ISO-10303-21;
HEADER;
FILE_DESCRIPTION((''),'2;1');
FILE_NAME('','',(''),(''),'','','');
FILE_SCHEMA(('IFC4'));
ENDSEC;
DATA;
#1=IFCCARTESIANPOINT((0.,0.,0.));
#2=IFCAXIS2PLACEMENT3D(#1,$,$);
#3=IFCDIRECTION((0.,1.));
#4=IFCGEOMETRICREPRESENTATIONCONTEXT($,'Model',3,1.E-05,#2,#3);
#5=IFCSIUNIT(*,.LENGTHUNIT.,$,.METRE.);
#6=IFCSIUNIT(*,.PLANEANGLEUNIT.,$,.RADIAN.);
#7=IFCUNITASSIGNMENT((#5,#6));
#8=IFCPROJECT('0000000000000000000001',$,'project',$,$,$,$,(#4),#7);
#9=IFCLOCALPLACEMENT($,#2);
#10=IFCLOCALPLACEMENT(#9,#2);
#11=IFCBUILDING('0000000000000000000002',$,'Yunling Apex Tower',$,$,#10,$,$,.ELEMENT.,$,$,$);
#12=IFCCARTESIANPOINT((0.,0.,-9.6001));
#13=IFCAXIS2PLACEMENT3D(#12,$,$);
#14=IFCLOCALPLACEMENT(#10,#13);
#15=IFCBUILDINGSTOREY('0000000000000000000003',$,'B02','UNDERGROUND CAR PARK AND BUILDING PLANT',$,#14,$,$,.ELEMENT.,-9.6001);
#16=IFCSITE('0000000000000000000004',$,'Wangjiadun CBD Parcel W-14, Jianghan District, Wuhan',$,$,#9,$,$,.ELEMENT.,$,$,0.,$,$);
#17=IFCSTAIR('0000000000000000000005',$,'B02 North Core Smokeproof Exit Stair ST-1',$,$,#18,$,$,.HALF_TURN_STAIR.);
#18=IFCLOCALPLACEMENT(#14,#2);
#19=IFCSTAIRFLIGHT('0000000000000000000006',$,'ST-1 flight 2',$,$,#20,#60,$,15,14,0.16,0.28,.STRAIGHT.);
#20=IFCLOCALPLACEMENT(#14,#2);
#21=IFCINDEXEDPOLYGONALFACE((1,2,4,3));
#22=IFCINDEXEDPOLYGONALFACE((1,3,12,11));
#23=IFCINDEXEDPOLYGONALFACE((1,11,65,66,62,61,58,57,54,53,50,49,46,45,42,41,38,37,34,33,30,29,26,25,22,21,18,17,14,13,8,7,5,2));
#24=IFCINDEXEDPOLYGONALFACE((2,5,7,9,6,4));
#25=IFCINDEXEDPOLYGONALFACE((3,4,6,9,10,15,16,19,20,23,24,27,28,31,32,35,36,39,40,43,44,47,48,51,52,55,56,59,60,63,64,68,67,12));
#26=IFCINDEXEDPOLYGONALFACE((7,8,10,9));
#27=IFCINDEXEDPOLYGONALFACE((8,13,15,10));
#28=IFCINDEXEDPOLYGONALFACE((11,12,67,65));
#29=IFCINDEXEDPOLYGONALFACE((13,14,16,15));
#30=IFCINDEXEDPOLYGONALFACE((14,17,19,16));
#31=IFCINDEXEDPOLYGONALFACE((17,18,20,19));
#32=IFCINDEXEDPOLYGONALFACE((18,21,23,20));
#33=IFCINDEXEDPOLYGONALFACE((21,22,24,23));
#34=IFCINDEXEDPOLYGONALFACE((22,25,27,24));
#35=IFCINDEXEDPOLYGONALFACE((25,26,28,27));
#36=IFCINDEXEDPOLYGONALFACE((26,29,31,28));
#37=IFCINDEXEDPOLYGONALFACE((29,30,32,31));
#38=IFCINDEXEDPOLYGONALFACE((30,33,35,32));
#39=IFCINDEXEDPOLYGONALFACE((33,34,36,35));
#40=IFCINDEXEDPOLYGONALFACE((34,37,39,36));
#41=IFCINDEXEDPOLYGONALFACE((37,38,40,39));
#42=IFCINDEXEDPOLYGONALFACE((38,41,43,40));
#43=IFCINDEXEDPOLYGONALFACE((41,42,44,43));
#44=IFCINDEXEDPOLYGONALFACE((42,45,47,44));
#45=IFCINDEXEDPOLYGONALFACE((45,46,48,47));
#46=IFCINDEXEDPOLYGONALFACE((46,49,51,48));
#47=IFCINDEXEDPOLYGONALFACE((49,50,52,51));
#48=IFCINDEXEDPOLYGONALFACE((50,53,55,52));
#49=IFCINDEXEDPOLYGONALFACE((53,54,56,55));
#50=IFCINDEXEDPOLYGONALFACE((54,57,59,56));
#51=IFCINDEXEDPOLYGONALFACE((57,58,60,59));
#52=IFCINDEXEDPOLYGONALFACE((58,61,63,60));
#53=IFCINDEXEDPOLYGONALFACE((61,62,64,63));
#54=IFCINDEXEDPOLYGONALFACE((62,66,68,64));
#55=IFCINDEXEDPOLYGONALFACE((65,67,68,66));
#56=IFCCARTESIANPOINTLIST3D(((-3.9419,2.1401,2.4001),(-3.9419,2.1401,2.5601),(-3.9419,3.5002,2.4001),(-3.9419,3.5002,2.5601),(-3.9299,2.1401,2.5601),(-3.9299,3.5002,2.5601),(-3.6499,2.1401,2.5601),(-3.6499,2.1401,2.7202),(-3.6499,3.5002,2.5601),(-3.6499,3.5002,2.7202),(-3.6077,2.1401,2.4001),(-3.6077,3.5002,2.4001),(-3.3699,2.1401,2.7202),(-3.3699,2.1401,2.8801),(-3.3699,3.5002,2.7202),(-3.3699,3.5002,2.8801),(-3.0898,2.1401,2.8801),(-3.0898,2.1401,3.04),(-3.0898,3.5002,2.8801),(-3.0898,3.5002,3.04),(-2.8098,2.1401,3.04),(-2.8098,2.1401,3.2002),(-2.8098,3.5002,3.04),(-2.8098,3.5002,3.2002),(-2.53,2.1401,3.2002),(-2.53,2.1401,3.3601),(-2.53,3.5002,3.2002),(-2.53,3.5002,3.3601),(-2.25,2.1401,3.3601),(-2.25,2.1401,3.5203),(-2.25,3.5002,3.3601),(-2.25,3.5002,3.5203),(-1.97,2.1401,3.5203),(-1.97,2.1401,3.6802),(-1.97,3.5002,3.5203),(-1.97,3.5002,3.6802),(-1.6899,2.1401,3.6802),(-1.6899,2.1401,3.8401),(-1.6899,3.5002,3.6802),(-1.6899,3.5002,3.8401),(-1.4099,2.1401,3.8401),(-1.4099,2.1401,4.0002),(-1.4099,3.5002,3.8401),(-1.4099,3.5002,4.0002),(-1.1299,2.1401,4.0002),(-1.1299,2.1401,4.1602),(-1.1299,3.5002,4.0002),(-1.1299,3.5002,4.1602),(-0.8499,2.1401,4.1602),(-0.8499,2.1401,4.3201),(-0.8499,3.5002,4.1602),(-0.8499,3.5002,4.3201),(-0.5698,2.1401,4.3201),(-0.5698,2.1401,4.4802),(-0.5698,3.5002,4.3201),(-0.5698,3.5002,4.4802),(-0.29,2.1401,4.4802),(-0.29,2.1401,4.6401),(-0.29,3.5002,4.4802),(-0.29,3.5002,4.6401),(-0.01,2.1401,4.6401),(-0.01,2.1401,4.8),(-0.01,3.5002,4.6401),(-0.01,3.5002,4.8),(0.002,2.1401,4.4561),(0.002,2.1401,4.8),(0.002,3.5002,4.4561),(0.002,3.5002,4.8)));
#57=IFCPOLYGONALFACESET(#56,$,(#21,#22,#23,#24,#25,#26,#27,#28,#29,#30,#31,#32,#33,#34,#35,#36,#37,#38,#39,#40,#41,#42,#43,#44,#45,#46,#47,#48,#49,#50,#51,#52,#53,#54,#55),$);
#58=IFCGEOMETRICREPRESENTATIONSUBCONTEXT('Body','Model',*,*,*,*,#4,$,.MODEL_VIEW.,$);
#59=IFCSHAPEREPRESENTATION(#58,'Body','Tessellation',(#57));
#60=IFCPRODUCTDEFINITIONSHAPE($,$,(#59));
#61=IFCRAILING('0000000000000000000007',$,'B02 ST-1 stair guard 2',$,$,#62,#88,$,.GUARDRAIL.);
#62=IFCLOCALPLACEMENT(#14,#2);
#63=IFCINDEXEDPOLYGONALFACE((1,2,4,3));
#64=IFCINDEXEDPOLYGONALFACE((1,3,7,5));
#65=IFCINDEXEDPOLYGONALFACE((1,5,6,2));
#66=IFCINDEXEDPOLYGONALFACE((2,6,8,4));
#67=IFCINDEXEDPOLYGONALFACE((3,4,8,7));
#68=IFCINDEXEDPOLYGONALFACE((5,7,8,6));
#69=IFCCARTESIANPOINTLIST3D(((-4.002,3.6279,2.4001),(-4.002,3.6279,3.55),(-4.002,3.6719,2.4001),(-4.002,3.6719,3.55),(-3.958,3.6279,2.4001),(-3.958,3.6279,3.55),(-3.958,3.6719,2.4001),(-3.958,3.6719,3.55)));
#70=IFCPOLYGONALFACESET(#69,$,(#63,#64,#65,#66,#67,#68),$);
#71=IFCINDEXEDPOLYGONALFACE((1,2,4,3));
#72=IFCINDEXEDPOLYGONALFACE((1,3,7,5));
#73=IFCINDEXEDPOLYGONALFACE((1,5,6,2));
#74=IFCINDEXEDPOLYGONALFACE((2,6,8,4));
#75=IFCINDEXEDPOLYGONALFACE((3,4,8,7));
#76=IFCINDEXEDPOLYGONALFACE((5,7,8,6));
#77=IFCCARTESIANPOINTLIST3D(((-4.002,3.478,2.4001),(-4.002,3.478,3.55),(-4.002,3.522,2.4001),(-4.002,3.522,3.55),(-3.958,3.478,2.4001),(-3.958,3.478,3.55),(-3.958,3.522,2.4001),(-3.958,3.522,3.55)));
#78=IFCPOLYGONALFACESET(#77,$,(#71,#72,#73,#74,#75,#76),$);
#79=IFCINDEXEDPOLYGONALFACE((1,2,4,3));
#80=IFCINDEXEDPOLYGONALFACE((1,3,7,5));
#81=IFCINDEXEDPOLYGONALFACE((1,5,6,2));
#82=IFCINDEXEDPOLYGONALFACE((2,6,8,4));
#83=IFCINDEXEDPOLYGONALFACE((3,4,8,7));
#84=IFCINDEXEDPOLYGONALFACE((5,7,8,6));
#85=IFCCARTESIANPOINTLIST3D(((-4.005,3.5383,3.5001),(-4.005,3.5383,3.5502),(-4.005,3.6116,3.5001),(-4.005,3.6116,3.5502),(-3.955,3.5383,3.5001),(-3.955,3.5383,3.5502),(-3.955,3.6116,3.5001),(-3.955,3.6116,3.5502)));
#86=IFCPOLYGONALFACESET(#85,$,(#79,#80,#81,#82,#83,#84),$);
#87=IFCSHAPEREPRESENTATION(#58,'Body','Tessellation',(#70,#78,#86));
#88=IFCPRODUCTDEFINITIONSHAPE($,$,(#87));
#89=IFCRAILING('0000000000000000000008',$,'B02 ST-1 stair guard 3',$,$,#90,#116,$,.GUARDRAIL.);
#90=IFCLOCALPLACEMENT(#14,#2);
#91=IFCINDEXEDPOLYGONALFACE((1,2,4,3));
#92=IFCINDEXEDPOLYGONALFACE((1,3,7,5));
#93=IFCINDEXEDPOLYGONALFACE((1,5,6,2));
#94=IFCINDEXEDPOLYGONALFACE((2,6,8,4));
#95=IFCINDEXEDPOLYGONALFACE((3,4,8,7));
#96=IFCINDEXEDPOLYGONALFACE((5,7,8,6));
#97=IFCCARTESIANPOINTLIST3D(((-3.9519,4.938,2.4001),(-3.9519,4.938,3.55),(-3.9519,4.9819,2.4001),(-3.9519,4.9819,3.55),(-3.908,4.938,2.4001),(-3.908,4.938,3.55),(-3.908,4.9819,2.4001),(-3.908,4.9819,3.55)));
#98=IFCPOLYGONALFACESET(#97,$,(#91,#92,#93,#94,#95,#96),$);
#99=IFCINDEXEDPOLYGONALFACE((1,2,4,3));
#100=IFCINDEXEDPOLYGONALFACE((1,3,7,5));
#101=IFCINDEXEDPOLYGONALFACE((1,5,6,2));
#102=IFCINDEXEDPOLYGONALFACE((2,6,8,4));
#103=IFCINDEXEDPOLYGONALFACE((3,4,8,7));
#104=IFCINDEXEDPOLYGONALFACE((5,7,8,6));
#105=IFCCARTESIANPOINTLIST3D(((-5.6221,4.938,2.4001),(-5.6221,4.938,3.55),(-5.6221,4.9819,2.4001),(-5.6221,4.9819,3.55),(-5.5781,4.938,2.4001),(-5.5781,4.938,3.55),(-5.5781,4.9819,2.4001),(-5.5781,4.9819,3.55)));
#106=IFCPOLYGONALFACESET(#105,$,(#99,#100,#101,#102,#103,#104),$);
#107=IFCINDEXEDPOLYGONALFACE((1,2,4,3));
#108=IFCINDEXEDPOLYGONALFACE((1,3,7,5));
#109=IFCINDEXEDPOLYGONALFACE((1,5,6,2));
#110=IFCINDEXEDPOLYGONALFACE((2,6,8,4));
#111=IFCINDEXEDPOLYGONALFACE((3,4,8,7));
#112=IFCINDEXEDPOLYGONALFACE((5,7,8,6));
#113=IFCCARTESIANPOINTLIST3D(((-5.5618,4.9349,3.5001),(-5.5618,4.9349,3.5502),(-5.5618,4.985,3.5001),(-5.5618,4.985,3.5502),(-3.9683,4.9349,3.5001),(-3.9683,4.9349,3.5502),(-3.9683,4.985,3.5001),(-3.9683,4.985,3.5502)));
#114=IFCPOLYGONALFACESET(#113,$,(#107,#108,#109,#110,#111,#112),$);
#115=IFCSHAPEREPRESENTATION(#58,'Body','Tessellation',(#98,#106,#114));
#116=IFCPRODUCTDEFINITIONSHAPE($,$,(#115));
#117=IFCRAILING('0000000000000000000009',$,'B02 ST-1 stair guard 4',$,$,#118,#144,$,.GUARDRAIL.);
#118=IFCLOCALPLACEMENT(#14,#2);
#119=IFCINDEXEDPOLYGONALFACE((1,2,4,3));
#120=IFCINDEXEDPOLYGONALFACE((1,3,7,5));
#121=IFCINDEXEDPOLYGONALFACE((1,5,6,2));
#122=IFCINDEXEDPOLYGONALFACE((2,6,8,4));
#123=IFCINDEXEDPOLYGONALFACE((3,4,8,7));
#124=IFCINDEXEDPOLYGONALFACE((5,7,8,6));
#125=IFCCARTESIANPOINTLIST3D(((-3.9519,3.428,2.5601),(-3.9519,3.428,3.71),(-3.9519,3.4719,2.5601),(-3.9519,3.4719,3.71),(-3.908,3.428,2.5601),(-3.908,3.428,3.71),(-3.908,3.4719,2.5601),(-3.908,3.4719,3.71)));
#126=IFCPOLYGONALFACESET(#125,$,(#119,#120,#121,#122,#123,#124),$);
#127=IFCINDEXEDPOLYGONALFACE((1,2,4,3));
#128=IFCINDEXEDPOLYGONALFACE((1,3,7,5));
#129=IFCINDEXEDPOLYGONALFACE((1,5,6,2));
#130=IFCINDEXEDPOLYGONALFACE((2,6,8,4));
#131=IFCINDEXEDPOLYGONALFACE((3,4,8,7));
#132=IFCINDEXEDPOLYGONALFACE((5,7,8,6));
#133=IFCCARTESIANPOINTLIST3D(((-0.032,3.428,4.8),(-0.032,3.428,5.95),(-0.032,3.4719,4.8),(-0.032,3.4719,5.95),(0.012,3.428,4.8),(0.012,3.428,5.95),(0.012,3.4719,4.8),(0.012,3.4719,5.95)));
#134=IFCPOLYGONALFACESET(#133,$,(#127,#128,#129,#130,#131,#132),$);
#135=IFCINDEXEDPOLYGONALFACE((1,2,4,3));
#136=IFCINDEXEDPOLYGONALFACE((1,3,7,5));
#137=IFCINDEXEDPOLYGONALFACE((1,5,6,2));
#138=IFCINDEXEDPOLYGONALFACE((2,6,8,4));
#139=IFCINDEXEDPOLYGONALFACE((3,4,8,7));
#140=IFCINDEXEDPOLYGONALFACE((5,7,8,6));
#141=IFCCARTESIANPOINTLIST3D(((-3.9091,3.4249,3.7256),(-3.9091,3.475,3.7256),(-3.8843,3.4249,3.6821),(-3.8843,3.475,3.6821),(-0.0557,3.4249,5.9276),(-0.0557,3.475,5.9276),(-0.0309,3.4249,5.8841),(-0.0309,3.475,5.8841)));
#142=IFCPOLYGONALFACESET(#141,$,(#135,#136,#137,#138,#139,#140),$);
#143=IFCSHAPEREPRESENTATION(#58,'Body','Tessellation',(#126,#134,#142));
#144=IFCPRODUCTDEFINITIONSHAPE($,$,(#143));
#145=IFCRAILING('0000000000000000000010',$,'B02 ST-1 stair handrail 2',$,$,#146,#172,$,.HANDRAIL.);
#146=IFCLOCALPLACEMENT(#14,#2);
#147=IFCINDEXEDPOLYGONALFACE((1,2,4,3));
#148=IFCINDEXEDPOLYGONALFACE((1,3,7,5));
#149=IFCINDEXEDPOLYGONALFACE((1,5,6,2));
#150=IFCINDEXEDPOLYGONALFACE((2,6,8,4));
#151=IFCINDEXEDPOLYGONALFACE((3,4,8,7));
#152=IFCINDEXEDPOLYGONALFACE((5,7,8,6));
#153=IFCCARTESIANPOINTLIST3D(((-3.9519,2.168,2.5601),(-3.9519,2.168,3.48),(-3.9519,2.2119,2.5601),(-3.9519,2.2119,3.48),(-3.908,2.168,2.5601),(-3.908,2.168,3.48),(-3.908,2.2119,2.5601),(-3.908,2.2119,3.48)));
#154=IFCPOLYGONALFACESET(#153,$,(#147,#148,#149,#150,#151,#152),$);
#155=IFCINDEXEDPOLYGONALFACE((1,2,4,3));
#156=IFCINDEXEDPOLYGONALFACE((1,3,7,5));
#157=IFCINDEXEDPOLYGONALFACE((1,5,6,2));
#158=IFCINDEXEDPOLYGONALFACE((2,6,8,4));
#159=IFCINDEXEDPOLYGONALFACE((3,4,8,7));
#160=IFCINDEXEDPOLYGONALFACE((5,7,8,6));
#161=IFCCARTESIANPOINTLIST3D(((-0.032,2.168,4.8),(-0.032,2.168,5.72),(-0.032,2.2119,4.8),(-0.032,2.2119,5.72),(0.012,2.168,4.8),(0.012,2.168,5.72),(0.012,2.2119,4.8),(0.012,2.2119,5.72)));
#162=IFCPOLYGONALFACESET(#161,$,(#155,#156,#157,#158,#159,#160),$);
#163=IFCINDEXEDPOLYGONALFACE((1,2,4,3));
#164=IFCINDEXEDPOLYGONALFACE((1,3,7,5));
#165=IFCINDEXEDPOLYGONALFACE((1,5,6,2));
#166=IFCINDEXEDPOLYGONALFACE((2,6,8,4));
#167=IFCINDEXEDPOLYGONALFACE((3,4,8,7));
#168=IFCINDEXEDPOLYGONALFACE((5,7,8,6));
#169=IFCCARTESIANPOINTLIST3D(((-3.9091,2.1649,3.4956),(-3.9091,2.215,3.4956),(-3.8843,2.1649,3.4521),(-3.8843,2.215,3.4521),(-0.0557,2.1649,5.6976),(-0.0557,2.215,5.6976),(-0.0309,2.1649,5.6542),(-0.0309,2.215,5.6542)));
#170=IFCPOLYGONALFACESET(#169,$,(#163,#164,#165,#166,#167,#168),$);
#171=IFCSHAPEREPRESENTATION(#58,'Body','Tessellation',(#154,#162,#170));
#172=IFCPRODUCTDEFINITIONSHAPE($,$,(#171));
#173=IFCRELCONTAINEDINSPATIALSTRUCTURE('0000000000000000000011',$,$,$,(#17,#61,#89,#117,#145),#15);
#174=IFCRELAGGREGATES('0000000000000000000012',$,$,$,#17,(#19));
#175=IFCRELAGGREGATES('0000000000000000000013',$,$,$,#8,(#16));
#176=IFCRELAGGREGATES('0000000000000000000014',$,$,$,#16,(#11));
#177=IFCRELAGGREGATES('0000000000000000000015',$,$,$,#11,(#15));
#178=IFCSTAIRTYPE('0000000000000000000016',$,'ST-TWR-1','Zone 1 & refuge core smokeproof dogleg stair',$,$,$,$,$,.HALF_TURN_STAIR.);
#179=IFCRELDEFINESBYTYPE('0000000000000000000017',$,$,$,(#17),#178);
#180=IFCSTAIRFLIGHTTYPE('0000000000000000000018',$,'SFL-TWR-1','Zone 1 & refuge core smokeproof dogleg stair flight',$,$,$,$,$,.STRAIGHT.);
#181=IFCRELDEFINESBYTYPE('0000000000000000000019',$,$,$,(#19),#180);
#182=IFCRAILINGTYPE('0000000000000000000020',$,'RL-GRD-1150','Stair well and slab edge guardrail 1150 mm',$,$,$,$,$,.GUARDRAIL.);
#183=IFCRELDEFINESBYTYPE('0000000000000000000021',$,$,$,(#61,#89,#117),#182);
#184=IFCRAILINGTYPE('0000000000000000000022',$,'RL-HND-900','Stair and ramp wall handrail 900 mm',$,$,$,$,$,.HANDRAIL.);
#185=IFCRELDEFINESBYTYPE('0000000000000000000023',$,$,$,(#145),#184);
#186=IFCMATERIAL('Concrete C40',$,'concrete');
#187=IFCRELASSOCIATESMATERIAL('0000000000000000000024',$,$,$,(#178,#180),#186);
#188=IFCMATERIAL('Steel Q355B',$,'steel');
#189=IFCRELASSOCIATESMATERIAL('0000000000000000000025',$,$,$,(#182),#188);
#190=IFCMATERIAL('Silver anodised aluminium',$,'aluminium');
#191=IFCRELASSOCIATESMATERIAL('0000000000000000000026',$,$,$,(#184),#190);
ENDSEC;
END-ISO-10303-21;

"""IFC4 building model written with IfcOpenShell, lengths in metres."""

from ifc_helpers import new_model, si_unit, direction, frame, origin, origin_2d, place, context, subcontext, project, spatial, polyline, rectangle, outline, extrude, material, type_object, element, aggregate, save


model = new_model("IFC4")

# Units and contexts
model_context = context("Model", 3, precision=1e-05, world=origin(), true_north=direction((0.0, 1.0)))
body_context = subcontext(model_context, "Body", "Model", "MODEL_VIEW")
ifc_project = project(units=[si_unit("LENGTHUNIT", "METRE"), si_unit("PLANEANGLEUNIT", "RADIAN")], contexts=[model_context])

# Site, building, storey
site_placement = place(None, origin())
site = spatial("IfcSite", under=ifc_project, at=site_placement, Name="Wangjiadun CBD Parcel W-14, Jianghan District, Wuhan", CompositionType="ELEMENT", RefElevation=0.0)
building_placement = place(site_placement, origin())
building = spatial("IfcBuilding", under=site, at=building_placement, Name="Yunling Apex Tower", CompositionType="ELEMENT")
storey_placement = place(building_placement, frame((0.0, 0.0, -9.6001)))
storey = spatial("IfcBuildingStorey", under=building, at=storey_placement, Name="B02", Description="UNDERGROUND CAR PARK AND BUILDING PLANT", CompositionType="ELEMENT", Elevation=-9.6001)

# Shared definitions
ifc_material_1 = material(Name="Steel Q355B", Category="steel")

# Shared definitions
ifc_material_2 = material(Name="Concrete C40", Category="concrete")

# Stair, stair flight
stair_type = type_object("IfcStairType", Name="ST-TWR-1", Description="Zone 1 & refuge core smokeproof dogleg stair", PredefinedType="HALF_TURN_STAIR", material=ifc_material_2)
stair_placement = place(storey_placement, origin())
stair = element("IfcStair", 1, at=stair_placement, inside=storey, type_object=stair_type, Name="B02 North Core Smokeproof Exit Stair ST-1", PredefinedType="HALF_TURN_STAIR")
stair_flight_type = type_object("IfcStairFlightType", Name="SFL-TWR-1", Description="Zone 1 & refuge core smokeproof dogleg stair flight", PredefinedType="STRAIGHT", material=ifc_material_2)
stair_flight_placement = place(storey_placement, frame((-3.9299, 2.8201, 2.4001), z_axis=(0.0, 0.0, 1.0), x_axis=(1.0, 0.0, 0.0)))
stair_flight = element("IfcStairFlight", 2, at=stair_flight_placement, type_object=stair_flight_type, Name="ST-1 flight 2", NumberOfRisers=15, NumberOfTreads=14, PredefinedType="STRAIGHT", RiserHeight=0.16, TreadLength=0.28, context=body_context, shape_type="SweptSolid", body=[
    extrude(outline(polyline([(-0.012, 0.0), (-0.012, 0.1599), (0.0, 0.1599), (0.28, 0.1599), (0.28, 0.3201), (0.5601, 0.3201), (0.5601, 0.48), (0.8401, 0.48), (0.8401, 0.6399), (1.1201, 0.6399), (1.1201, 0.8), (1.3999, 0.8), (1.3999, 0.96), (1.6799, 0.96), (1.6799, 1.1201), (1.96, 1.1201), (1.96, 1.28), (2.24, 1.28), (2.24, 1.4399), (2.52, 1.4399), (2.52, 1.6001), (2.8, 1.6001), (2.8, 1.76), (3.0801, 1.76), (3.0801, 1.9199), (3.3601, 1.9199), (3.3601, 2.0801), (3.6399, 2.0801), (3.6399, 2.24), (3.9199, 2.24), (3.9199, 2.3999), (3.9319, 2.3999), (3.9319, 2.0559), (0.3223, 0.0), (-0.012, 0.0)])), frame((0.0, 0.6802, 0.0), z_axis=(0.0, -1.0, 0.0), x_axis=(1.0, 0.0, 0.0)), (0.0, 0.0, 1.0), 1.3601),
])
aggregate(stair, [stair_flight])

# Railings
railing_type_1 = type_object("IfcRailingType", Name="RL-GRD-1150", Description="Stair well and slab edge guardrail 1150 mm", PredefinedType="GUARDRAIL", material=ifc_material_1)
railing_1_placement = place(storey_placement, frame((-3.98, 3.6499, 2.4001)))
element("IfcRailing", 3, at=railing_1_placement, inside=storey, type_object=railing_type_1, Name="B02 ST-1 stair guard 2", PredefinedType="GUARDRAIL", context=body_context, shape_type="SweptSolid", body=[
    extrude(rectangle(XDim=0.0439, YDim=0.0439, at=origin_2d()), origin(), (0.0, 0.0, 1.0), 1.1499),
    extrude(rectangle(XDim=0.0439, YDim=0.0439, at=origin_2d()), frame((0.0, -0.1499, 0.0)), (0.0, 0.0, 1.0), 1.1499),
    extrude(rectangle(XDim=0.05, YDim=0.05, at=origin_2d()), frame((0.0, -0.0383, 1.125), z_axis=(0.0, -1.0, 0.0), x_axis=(1.0, 0.0, 0.0)), (0.0, 0.0, 1.0), 0.0732),
])
railing_2_placement = place(storey_placement, frame((-3.9299, 4.96, 2.4001)))
element("IfcRailing", 4, at=railing_2_placement, inside=storey, type_object=railing_type_1, Name="B02 ST-1 stair guard 3", PredefinedType="GUARDRAIL", context=body_context, shape_type="SweptSolid", body=[
    extrude(rectangle(XDim=0.0439, YDim=0.0439, at=origin_2d()), origin(), (0.0, 0.0, 1.0), 1.1499),
    extrude(rectangle(XDim=0.0439, YDim=0.0439, at=origin_2d()), frame((-1.6702, 0.0, 0.0)), (0.0, 0.0, 1.0), 1.1499),
    extrude(rectangle(XDim=0.05, YDim=0.05, at=origin_2d()), frame((-0.0383, 0.0, 1.125), z_axis=(-1.0, 0.0, 0.0), x_axis=(0.0, -1.0, 0.0)), (0.0, 0.0, 1.0), 1.5935),
])
railing_3_placement = place(storey_placement, frame((-3.9299, 3.45, 2.5601)))
element("IfcRailing", 5, at=railing_3_placement, inside=storey, type_object=railing_type_1, Name="B02 ST-1 stair guard 4", PredefinedType="GUARDRAIL", context=body_context, shape_type="SweptSolid", body=[
    extrude(rectangle(XDim=0.0439, YDim=0.0439, at=origin_2d()), origin(), (0.0, 0.0, 1.0), 1.1499),
    extrude(rectangle(XDim=0.0439, YDim=0.0439, at=origin_2d()), frame((3.9199, 0.0, 2.24)), (0.0, 0.0, 1.0), 1.1499),
    extrude(rectangle(XDim=0.05, YDim=0.05, at=origin_2d()), frame((0.0332, 0.0, 1.1438), z_axis=(0.86824, 0.0, 0.496145), x_axis=(0.0, 1.0, 0.0)), (0.0, 0.0, 1.0), 4.4382),
])
ifc_material_3 = material(Name="Silver anodised aluminium", Category="aluminium")
railing_type_2 = type_object("IfcRailingType", Name="RL-HND-900", Description="Stair and ramp wall handrail 900 mm", PredefinedType="HANDRAIL", material=ifc_material_3)
railing_4_placement = place(storey_placement, frame((-3.9299, 2.1899, 2.5601)))
element("IfcRailing", 6, at=railing_4_placement, inside=storey, type_object=railing_type_2, Name="B02 ST-1 stair handrail 2", PredefinedType="HANDRAIL", context=body_context, shape_type="SweptSolid", body=[
    extrude(rectangle(XDim=0.0439, YDim=0.0439, at=origin_2d()), origin(), (0.0, 0.0, 1.0), 0.9199),
    extrude(rectangle(XDim=0.0439, YDim=0.0439, at=origin_2d()), frame((3.9199, 0.0, 2.24)), (0.0, 0.0, 1.0), 0.9199),
    extrude(rectangle(XDim=0.05, YDim=0.05, at=origin_2d()), frame((0.0332, 0.0, 0.9138), z_axis=(0.86824, 0.0, 0.496145), x_axis=(0.0, 1.0, 0.0)), (0.0, 0.0, 1.0), 4.4382),
])

save(model, "model.ifc")
